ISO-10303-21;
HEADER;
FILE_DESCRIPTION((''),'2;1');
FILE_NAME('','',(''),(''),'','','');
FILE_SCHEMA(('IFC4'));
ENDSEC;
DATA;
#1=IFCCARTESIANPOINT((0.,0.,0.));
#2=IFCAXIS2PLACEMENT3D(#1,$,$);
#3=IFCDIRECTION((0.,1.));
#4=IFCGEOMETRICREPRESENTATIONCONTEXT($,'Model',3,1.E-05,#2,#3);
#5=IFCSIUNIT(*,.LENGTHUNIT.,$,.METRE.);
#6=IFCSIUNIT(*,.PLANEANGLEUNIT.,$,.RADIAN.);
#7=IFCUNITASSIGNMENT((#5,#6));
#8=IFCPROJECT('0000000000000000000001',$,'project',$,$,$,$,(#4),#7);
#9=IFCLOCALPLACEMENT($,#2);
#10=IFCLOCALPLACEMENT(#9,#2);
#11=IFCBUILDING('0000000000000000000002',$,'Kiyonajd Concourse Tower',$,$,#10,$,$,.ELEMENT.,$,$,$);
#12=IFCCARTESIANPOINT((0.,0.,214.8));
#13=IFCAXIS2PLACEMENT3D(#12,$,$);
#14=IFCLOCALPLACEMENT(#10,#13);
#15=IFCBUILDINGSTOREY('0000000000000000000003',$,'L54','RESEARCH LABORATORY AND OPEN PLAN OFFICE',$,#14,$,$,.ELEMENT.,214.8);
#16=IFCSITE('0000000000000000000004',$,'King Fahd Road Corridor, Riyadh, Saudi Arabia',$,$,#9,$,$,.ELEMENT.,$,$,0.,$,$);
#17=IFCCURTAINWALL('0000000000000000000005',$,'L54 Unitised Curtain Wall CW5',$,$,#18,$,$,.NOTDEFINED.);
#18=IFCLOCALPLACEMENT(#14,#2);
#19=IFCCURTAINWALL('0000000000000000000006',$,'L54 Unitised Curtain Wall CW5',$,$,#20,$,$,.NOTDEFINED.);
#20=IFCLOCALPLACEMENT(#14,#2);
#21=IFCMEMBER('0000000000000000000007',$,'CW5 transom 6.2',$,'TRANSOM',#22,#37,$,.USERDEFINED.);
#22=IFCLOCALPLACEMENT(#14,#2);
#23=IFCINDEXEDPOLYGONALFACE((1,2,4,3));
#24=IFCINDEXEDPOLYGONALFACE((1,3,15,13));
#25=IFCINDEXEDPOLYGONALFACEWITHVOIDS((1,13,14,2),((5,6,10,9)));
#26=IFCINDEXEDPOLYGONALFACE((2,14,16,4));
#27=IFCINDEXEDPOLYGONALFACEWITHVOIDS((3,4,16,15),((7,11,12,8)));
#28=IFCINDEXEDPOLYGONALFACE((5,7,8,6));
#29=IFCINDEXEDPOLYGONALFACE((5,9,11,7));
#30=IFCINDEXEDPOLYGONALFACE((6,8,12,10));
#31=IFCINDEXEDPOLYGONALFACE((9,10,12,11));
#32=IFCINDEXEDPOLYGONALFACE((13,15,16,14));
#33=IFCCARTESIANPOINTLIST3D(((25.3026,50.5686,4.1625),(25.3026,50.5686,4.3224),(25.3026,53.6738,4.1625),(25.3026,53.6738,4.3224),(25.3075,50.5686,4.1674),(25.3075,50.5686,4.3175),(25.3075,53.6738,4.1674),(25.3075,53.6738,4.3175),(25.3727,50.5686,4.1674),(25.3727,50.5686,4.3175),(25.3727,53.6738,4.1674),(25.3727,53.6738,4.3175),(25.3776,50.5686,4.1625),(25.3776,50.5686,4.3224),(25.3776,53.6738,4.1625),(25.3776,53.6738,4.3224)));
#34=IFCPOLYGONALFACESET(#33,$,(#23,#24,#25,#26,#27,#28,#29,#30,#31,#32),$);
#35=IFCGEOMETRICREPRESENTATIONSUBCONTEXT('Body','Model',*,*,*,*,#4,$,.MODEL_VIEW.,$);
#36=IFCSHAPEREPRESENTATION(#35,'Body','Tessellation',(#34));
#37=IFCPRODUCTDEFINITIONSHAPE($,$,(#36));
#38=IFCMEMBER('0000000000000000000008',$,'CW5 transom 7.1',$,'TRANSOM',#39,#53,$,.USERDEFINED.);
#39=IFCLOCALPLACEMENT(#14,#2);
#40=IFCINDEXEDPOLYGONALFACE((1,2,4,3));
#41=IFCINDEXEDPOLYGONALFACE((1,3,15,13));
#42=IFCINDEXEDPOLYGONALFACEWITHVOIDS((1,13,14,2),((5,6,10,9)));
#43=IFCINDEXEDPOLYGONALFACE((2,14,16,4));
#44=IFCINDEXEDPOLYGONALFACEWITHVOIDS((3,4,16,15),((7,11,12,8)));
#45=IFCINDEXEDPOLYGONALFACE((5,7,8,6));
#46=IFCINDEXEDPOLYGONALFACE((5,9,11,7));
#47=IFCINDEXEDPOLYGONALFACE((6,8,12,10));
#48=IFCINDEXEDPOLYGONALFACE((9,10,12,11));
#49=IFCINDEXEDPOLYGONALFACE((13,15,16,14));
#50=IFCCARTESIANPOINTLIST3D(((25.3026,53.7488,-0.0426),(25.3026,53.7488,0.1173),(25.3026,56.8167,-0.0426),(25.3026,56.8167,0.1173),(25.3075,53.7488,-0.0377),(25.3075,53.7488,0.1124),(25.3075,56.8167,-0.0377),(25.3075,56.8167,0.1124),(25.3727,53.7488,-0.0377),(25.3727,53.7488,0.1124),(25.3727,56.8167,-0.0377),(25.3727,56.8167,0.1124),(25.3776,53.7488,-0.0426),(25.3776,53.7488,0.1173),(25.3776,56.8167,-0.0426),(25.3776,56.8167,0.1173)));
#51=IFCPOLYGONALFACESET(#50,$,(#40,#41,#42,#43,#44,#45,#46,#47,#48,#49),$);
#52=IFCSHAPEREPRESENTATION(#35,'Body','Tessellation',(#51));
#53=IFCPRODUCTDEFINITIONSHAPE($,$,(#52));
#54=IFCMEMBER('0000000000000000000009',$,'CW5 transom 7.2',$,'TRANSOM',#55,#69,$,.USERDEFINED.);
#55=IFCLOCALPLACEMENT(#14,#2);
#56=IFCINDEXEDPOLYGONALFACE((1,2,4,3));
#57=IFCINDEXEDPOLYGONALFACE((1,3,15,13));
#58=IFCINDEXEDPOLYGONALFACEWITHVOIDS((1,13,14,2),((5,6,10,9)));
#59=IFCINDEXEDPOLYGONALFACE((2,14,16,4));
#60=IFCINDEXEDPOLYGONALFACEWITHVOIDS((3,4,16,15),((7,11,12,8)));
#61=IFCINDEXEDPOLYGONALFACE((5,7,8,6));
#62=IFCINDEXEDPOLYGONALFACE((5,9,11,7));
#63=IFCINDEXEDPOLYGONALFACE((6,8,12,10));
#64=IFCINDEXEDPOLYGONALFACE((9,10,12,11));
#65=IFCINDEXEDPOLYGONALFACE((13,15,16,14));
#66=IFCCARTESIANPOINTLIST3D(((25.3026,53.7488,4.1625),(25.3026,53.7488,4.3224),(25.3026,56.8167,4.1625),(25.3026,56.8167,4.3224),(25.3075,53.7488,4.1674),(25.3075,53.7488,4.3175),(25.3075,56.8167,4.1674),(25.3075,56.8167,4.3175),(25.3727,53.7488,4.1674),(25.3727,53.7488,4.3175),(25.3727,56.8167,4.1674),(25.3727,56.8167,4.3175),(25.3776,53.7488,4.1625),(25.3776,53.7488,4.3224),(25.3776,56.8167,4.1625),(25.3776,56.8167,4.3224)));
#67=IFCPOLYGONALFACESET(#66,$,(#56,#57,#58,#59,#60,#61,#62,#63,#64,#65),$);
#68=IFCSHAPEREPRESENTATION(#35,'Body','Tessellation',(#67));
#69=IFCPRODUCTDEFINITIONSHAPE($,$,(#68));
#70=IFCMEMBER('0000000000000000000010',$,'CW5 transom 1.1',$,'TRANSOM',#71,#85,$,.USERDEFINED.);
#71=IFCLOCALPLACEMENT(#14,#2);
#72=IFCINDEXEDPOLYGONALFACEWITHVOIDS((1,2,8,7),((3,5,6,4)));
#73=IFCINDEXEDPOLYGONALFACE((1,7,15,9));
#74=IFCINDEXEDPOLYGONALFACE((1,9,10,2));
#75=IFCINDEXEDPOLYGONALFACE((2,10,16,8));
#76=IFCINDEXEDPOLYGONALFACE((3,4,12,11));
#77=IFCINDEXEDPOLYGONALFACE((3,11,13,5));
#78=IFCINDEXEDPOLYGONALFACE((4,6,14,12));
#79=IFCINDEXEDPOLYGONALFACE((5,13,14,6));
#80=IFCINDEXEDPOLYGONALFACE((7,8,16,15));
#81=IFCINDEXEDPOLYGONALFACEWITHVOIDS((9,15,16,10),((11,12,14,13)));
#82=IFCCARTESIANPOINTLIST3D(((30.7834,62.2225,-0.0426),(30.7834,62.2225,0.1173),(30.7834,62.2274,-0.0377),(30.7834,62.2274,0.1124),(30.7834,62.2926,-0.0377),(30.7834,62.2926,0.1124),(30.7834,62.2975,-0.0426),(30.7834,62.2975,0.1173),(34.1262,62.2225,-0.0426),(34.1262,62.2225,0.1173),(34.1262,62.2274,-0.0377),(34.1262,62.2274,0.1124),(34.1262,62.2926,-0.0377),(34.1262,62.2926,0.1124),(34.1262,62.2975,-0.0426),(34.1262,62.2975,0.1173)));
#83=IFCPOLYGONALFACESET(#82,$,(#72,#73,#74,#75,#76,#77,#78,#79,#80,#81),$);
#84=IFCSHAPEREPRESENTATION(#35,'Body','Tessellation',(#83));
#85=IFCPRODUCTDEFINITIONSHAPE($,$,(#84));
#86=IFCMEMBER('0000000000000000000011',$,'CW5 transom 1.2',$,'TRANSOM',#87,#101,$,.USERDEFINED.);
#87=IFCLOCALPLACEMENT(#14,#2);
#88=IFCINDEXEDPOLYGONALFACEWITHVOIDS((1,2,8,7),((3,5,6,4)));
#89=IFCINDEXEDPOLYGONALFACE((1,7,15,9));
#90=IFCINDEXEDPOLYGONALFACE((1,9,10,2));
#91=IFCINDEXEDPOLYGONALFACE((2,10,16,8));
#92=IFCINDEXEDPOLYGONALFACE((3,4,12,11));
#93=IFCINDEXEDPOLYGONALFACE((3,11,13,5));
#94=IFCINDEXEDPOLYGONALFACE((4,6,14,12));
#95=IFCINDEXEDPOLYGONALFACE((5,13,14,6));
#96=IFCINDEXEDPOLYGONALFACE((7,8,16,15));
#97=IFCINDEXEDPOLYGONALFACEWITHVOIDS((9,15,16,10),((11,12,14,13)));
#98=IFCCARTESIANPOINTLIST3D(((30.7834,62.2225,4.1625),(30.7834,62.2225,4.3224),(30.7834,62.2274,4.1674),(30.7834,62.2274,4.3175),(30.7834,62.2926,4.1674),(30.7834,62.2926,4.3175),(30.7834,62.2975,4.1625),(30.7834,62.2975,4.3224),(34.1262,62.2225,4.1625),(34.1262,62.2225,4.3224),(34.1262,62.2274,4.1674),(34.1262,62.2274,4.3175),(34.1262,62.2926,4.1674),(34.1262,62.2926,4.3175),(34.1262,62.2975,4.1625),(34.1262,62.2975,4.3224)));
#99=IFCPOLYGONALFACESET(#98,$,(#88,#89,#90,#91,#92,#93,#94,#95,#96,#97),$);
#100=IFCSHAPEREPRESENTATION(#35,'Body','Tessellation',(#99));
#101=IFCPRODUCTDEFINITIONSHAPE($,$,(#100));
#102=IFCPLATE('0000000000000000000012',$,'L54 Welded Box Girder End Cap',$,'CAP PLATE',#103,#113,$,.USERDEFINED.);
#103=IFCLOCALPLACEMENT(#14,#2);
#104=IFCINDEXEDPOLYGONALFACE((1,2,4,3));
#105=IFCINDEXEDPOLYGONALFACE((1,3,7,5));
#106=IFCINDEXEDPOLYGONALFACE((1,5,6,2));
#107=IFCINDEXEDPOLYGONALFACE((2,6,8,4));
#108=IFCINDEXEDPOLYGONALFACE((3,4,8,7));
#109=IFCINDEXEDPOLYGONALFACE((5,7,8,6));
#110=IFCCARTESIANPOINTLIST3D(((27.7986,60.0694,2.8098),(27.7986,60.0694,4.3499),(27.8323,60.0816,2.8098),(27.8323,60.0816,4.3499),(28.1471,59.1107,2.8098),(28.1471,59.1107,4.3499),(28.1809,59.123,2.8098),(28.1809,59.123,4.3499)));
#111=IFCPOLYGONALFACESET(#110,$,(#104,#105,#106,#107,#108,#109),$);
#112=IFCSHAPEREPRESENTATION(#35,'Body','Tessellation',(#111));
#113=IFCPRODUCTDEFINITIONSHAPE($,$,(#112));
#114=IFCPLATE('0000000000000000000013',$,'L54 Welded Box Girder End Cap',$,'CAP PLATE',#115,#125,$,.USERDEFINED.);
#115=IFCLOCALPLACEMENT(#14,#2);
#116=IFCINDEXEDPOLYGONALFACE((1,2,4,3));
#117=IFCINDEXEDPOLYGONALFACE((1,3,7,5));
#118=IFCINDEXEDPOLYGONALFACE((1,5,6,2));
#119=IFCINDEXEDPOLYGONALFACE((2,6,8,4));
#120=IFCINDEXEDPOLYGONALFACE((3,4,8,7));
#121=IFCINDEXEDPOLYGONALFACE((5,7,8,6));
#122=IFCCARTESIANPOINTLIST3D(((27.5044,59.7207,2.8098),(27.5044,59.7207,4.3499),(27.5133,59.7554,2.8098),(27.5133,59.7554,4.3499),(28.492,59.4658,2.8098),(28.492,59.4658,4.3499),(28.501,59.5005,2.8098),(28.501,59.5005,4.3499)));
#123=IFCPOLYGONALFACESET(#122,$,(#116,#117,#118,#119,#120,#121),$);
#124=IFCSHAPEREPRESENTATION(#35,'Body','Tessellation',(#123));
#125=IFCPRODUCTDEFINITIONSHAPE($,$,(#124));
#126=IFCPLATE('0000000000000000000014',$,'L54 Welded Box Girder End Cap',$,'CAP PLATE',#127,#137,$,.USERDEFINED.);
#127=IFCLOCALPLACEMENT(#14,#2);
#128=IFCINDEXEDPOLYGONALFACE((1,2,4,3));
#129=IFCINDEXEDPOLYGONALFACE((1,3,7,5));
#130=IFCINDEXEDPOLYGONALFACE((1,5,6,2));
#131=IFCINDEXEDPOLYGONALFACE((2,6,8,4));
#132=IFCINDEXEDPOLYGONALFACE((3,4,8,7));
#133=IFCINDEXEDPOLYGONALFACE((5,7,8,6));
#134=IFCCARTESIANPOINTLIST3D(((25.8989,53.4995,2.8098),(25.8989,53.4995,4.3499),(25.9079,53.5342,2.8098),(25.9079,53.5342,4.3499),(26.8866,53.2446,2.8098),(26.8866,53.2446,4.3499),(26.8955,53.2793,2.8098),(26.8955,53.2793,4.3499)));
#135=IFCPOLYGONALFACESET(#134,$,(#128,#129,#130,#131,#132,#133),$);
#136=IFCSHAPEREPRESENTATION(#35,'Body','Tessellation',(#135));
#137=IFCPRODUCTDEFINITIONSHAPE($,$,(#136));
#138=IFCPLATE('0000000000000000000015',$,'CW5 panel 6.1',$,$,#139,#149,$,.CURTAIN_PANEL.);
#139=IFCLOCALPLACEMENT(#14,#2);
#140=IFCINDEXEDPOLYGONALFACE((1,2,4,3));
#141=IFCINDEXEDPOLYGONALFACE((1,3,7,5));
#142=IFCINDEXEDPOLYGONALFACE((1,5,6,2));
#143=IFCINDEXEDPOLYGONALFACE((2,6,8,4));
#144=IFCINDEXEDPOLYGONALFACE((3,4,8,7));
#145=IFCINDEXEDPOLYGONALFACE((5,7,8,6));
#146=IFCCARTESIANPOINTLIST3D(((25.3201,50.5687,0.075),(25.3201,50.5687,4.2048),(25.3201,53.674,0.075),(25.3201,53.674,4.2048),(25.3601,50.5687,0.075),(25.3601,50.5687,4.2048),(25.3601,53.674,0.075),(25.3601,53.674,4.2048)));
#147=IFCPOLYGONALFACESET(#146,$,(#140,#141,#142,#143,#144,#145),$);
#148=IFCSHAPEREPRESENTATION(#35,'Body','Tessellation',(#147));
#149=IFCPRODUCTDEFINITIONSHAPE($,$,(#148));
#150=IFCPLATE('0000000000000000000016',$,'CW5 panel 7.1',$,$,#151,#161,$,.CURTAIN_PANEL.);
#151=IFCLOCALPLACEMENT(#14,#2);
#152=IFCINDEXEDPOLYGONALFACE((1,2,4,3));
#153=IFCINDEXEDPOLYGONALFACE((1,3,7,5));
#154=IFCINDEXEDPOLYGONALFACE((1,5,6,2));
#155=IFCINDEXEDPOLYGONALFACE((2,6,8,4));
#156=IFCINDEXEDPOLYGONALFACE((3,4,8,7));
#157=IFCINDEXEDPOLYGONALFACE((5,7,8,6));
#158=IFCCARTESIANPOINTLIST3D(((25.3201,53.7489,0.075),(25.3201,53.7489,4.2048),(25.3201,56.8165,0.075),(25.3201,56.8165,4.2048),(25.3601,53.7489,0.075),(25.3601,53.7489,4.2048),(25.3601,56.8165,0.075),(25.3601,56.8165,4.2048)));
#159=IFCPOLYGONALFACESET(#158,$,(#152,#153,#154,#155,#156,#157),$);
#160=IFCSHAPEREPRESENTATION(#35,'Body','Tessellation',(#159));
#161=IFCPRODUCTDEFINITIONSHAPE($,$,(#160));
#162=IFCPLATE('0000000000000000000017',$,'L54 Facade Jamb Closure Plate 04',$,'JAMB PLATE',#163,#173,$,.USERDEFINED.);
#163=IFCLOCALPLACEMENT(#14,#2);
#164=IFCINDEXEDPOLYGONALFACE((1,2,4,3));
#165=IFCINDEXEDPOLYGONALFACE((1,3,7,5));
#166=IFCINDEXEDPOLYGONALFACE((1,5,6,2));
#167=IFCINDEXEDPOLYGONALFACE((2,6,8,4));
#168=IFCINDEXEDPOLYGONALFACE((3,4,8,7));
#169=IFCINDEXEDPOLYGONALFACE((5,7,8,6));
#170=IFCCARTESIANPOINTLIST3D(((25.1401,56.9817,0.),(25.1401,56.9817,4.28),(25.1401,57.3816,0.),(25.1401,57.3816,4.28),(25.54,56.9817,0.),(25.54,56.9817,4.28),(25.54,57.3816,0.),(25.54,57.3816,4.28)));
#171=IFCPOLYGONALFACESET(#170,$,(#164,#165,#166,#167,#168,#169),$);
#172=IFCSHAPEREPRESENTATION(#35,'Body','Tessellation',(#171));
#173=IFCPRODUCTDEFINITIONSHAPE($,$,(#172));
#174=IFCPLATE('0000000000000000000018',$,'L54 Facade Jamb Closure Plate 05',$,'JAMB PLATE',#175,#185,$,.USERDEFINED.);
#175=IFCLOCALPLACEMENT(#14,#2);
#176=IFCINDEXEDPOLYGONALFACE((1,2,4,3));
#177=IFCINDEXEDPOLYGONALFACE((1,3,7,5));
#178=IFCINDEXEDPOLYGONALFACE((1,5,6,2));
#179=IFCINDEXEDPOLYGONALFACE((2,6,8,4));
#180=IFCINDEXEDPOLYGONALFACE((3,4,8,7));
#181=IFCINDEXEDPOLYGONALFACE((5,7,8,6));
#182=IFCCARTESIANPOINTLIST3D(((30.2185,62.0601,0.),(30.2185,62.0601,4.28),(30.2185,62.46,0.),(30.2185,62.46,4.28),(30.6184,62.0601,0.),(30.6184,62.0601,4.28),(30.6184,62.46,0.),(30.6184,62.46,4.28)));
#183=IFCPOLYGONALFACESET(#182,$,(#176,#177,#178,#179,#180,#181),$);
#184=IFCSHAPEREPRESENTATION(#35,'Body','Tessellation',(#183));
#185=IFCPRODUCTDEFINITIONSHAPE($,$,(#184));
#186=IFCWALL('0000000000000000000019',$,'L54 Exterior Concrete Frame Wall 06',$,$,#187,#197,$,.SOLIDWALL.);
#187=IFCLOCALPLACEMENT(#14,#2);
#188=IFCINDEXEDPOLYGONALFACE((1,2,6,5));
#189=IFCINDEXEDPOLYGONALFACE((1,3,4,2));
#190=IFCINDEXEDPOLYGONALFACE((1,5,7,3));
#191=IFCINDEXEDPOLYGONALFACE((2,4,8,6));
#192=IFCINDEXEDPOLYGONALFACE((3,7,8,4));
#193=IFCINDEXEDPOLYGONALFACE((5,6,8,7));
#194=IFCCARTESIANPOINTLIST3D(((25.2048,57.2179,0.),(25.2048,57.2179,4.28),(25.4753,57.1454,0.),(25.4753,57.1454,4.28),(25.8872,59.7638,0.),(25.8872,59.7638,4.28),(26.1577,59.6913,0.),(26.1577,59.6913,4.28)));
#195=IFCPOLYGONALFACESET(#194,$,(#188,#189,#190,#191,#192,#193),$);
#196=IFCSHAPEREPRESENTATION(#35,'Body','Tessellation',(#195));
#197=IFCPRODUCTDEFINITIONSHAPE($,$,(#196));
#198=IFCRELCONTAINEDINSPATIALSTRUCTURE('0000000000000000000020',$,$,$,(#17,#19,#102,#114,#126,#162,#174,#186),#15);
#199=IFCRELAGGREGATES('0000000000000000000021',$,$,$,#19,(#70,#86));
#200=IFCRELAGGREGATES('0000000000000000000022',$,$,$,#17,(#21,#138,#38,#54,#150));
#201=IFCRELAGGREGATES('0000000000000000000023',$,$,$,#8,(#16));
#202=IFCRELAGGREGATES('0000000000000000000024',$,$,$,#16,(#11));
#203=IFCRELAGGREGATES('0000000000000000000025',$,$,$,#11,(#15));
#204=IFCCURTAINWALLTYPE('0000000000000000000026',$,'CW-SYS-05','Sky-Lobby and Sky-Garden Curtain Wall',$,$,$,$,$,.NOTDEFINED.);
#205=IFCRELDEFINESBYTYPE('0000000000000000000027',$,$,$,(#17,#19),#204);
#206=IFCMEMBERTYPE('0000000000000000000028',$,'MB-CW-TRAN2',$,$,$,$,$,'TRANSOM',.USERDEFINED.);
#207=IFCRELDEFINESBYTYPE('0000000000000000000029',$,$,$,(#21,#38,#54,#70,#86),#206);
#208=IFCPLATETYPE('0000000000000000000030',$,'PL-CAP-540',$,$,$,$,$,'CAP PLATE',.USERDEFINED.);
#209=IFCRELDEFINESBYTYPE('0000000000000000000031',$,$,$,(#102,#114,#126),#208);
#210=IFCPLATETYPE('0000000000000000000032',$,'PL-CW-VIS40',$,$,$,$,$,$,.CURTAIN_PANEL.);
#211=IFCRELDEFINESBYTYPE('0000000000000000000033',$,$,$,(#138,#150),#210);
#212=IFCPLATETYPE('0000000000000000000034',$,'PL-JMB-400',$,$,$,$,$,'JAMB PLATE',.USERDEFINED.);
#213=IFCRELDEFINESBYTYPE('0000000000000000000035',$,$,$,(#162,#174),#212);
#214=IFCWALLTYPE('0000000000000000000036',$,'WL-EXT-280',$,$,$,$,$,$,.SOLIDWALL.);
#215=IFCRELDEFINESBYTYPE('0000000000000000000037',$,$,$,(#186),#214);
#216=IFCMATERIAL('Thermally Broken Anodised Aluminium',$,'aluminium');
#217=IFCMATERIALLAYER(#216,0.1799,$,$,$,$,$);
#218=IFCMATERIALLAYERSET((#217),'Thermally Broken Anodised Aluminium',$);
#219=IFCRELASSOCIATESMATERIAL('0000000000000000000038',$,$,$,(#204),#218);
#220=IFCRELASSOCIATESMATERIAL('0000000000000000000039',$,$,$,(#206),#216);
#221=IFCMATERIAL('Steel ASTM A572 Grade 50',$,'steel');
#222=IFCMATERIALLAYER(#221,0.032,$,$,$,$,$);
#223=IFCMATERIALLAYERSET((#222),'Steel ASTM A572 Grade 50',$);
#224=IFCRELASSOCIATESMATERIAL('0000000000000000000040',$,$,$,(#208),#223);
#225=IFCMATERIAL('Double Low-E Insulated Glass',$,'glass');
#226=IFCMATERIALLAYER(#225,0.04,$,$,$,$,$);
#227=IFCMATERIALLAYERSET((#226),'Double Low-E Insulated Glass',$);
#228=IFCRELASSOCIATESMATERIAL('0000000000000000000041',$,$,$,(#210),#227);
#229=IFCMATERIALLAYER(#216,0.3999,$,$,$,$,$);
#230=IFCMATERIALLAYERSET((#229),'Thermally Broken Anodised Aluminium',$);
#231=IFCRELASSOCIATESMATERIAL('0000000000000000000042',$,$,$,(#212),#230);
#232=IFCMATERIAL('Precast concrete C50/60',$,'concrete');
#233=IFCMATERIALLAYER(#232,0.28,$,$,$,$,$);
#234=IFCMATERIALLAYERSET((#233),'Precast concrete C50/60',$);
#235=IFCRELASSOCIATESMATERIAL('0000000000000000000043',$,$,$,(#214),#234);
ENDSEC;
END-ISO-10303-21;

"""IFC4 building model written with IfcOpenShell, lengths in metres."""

from ifc_helpers import new_model, si_unit, direction, frame, frame_2d, origin, origin_2d, place, context, subcontext, project, spatial, rectangle, hollow_rectangle, extrude, material, layer, layer_set, material_profile, profile_set, type_object, element, aggregate, save


model = new_model("IFC4")

# Units and contexts
model_context = context("Model", 3, precision=1e-05, world=origin(), true_north=direction((0.0, 1.0)))
body_context = subcontext(model_context, "Body", "Model", "MODEL_VIEW")
ifc_project = project(units=[si_unit("LENGTHUNIT", "METRE"), si_unit("PLANEANGLEUNIT", "RADIAN")], contexts=[model_context])

# Site, building, storey
site_placement = place(None, origin())
site = spatial("IfcSite", under=ifc_project, at=site_placement, Name="King Fahd Road Corridor, Riyadh, Saudi Arabia", CompositionType="ELEMENT", RefElevation=0.0)
building_placement = place(site_placement, origin())
building = spatial("IfcBuilding", under=site, at=building_placement, Name="Kiyonajd Concourse Tower", CompositionType="ELEMENT")
storey_placement = place(building_placement, frame((0.0, 0.0, 214.8)))
storey = spatial("IfcBuildingStorey", under=building, at=storey_placement, Name="L54", Description="RESEARCH LABORATORY AND OPEN PLAN OFFICE", CompositionType="ELEMENT", Elevation=214.8)

# Shared definitions
ifc_material_1 = material(Name="Steel ASTM A572 Grade 50", Category="steel")

# Curtain wall
ifc_material_2 = material(Name="Thermally Broken Anodised Aluminium", Category="aluminium")
ifc_layer_1 = layer(ifc_material_2, 0.1799)
ifc_layer_set_1 = layer_set([ifc_layer_1], Name="Thermally Broken Anodised Aluminium")
curtain_wall_type = type_object("IfcCurtainWallType", Name="CW-SYS-05", Description="Sky-Lobby and Sky-Garden Curtain Wall", PredefinedType="NOTDEFINED", material=ifc_layer_set_1)
curtain_wall_1_placement = place(storey_placement, origin())
curtain_wall_1 = element("IfcCurtainWall", 1, at=curtain_wall_1_placement, inside=storey, type_object=curtain_wall_type, Name="L54 Unitised Curtain Wall CW5", PredefinedType="NOTDEFINED")

# Curtain wall
curtain_wall_2_placement = place(storey_placement, origin())
curtain_wall_2 = element("IfcCurtainWall", 2, at=curtain_wall_2_placement, inside=storey, type_object=curtain_wall_type, Name="L54 Unitised Curtain Wall CW5", PredefinedType="NOTDEFINED")

# Members
ifc_material_profile_1 = material_profile(ifc_material_2, hollow_rectangle(XDim=0.075, YDim=0.1599, WallThickness=0.0049, at=origin_2d()), Name="TRAN-75x160")
ifc_profile_set_1 = profile_set([ifc_material_profile_1], Name="Thermally Broken Anodised Aluminium")
member_type_1 = type_object("IfcMemberType", Name="MB-CW-TRAN2", ElementType="TRANSOM", PredefinedType="USERDEFINED", material=ifc_profile_set_1)
member_1_placement = place(storey_placement, frame((25.3401, 50.5686, 4.2424), z_axis=(0.0, 1.0, 0.0), x_axis=(-1.0, 0.0, 0.0)))
member_1 = element("IfcMember", 3, at=member_1_placement, type_object=member_type_1, Name="CW5 transom 6.2", ObjectType="TRANSOM", PredefinedType="USERDEFINED", context=body_context, shape_type="SweptSolid", body=[
    extrude(hollow_rectangle(XDim=0.075, YDim=0.1599, WallThickness=0.0049, at=origin_2d()), origin(), (0.0, 0.0, 1.0), 3.1052),
])
member_2_placement = place(storey_placement, frame((25.3401, 53.7488, 0.0374), z_axis=(0.0, 1.0, 0.0), x_axis=(-1.0, 0.0, 0.0)))
member_2 = element("IfcMember", 4, at=member_2_placement, type_object=member_type_1, Name="CW5 transom 7.1", ObjectType="TRANSOM", PredefinedType="USERDEFINED", context=body_context, shape_type="SweptSolid", body=[
    extrude(hollow_rectangle(XDim=0.075, YDim=0.1599, WallThickness=0.0049, at=origin_2d()), origin(), (0.0, 0.0, 1.0), 3.0679),
])
member_3_placement = place(storey_placement, frame((25.3401, 53.7488, 4.2424), z_axis=(0.0, 1.0, 0.0), x_axis=(-1.0, 0.0, 0.0)))
member_3 = element("IfcMember", 5, at=member_3_placement, type_object=member_type_1, Name="CW5 transom 7.2", ObjectType="TRANSOM", PredefinedType="USERDEFINED", context=body_context, shape_type="SweptSolid", body=[
    extrude(hollow_rectangle(XDim=0.075, YDim=0.1599, WallThickness=0.0049, at=origin_2d()), origin(), (0.0, 0.0, 1.0), 3.0679),
])
member_4_placement = place(storey_placement, frame((30.7834, 62.26, 0.0374), z_axis=(1.0, 0.0, 0.0), x_axis=(0.0, 1.0, 0.0)))
member_4 = element("IfcMember", 6, at=member_4_placement, type_object=member_type_1, Name="CW5 transom 1.1", ObjectType="TRANSOM", PredefinedType="USERDEFINED", context=body_context, shape_type="SweptSolid", body=[
    extrude(hollow_rectangle(XDim=0.075, YDim=0.1599, WallThickness=0.0049, at=origin_2d()), origin(), (0.0, 0.0, 1.0), 3.3428),
])
member_5_placement = place(storey_placement, frame((30.7834, 62.26, 4.2424), z_axis=(1.0, 0.0, 0.0), x_axis=(0.0, 1.0, 0.0)))
member_5 = element("IfcMember", 7, at=member_5_placement, type_object=member_type_1, Name="CW5 transom 1.2", ObjectType="TRANSOM", PredefinedType="USERDEFINED", context=body_context, shape_type="SweptSolid", body=[
    extrude(hollow_rectangle(XDim=0.075, YDim=0.1599, WallThickness=0.0049, at=origin_2d()), origin(), (0.0, 0.0, 1.0), 3.3428),
])
aggregate(curtain_wall_2, [member_4, member_5])

# Plates
ifc_layer_2 = layer(ifc_material_1, 0.032)
ifc_layer_set_2 = layer_set([ifc_layer_2], Name="Steel ASTM A572 Grade 50")
plate_type_1 = type_object("IfcPlateType", Name="PL-CAP-540", ElementType="CAP PLATE", PredefinedType="USERDEFINED", material=ifc_layer_set_2)
for number, where, z_axis, x_axis, name in (
    (8, (27.9897, 59.5962, 2.8098), (0.0, 0.0, 1.0), (-0.939812, -0.341692, 0.0), "L54 Welded Box Girder End Cap"),
    (9, (28.0027, 59.6106, 2.8098), (0.0, 0.0, 1.0), (0.249873, 0.968279, 0.0), "L54 Welded Box Girder End Cap"),
    (10, (26.3972, 53.3894, 2.8098), (0.0, 0.0, 1.0), (-0.249873, -0.968279, 0.0), "L54 Welded Box Girder End Cap"),
):
    element("IfcPlate", number, at=place(storey_placement, frame(where, z_axis=z_axis, x_axis=x_axis)), inside=storey, type_object=plate_type_1, Name=name, ObjectType="CAP PLATE", PredefinedType="USERDEFINED", context=body_context, shape_type="SweptSolid", body=[
        extrude(rectangle(XDim=0.0359, YDim=1.02, at=origin_2d()), origin(), (0.0, 0.0, 1.0), 1.54),
    ])

# Plates
ifc_material_3 = material(Name="Double Low-E Insulated Glass", Category="glass")
ifc_layer_3 = layer(ifc_material_3, 0.04)
ifc_layer_set_3 = layer_set([ifc_layer_3], Name="Double Low-E Insulated Glass")
plate_type_2 = type_object("IfcPlateType", Name="PL-CW-VIS40", PredefinedType="CURTAIN_PANEL", material=ifc_layer_set_3)
plate_1_placement = place(storey_placement, frame((25.3401, 52.1213, 0.075), z_axis=(0.0, 0.0, 1.0), x_axis=(0.0, 1.0, 0.0)))
plate_1 = element("IfcPlate", 11, at=plate_1_placement, type_object=plate_type_2, Name="CW5 panel 6.1", PredefinedType="CURTAIN_PANEL", context=body_context, shape_type="SweptSolid", body=[
    extrude(rectangle(XDim=3.1052, YDim=0.04, at=origin_2d()), origin(), (0.0, 0.0, 1.0), 4.1299),
])
plate_2_placement = place(storey_placement, frame((25.3401, 55.2827, 0.075), z_axis=(0.0, 0.0, 1.0), x_axis=(0.0, 1.0, 0.0)))
plate_2 = element("IfcPlate", 12, at=plate_2_placement, type_object=plate_type_2, Name="CW5 panel 7.1", PredefinedType="CURTAIN_PANEL", context=body_context, shape_type="SweptSolid", body=[
    extrude(rectangle(XDim=3.0676, YDim=0.04, at=origin_2d()), origin(), (0.0, 0.0, 1.0), 4.1299),
])
aggregate(curtain_wall_1, [member_1, plate_1, member_2, member_3, plate_2])

# Plates
ifc_layer_4 = layer(ifc_material_2, 0.3999)
ifc_layer_set_4 = layer_set([ifc_layer_4], Name="Thermally Broken Anodised Aluminium")
plate_type_3 = type_object("IfcPlateType", Name="PL-JMB-400", ElementType="JAMB PLATE", PredefinedType="USERDEFINED", material=ifc_layer_set_4)
for number, where, z_axis, x_axis, name in (
    (13, (25.3401, 57.1816, 0.0), (0.0, 0.0, 1.0), (1.0, 0.0, 0.0), "L54 Facade Jamb Closure Plate 04"),
    (14, (30.4185, 62.26, 0.0), (0.0, 0.0, 1.0), (1.0, 0.0, 0.0), "L54 Facade Jamb Closure Plate 05"),
):
    element("IfcPlate", number, at=place(storey_placement, frame(where, z_axis=z_axis, x_axis=x_axis)), inside=storey, type_object=plate_type_3, Name=name, ObjectType="JAMB PLATE", PredefinedType="USERDEFINED", context=body_context, shape_type="SweptSolid", body=[
        extrude(rectangle(XDim=0.3999, YDim=0.3999, at=origin_2d()), origin(), (0.0, 0.0, 1.0), 4.28),
    ])

# Wall
ifc_material_4 = material(Name="Precast concrete C50/60", Category="concrete")
ifc_layer_5 = layer(ifc_material_4, 0.28)
ifc_layer_set_5 = layer_set([ifc_layer_5], Name="Precast concrete C50/60")
wall_type = type_object("IfcWallType", Name="WL-EXT-280", PredefinedType="SOLIDWALL", material=ifc_layer_set_5)
wall_1_placement = place(storey_placement, frame((25.3401, 57.1816, 0.0), z_axis=(0.0, 0.0, 1.0), x_axis=(0.25889, 0.965907, 0.0)))
element("IfcWall", 15, at=wall_1_placement, inside=storey, type_object=wall_type, Name="L54 Exterior Concrete Frame Wall 06", PredefinedType="SOLIDWALL", context=body_context, shape_type="SweptSolid", body=[
    extrude(rectangle(XDim=2.6357, YDim=0.28, at=frame_2d((1.3179, 0.0))), origin(), (0.0, 0.0, 1.0), 4.28),
])

save(model, "model.ifc")
